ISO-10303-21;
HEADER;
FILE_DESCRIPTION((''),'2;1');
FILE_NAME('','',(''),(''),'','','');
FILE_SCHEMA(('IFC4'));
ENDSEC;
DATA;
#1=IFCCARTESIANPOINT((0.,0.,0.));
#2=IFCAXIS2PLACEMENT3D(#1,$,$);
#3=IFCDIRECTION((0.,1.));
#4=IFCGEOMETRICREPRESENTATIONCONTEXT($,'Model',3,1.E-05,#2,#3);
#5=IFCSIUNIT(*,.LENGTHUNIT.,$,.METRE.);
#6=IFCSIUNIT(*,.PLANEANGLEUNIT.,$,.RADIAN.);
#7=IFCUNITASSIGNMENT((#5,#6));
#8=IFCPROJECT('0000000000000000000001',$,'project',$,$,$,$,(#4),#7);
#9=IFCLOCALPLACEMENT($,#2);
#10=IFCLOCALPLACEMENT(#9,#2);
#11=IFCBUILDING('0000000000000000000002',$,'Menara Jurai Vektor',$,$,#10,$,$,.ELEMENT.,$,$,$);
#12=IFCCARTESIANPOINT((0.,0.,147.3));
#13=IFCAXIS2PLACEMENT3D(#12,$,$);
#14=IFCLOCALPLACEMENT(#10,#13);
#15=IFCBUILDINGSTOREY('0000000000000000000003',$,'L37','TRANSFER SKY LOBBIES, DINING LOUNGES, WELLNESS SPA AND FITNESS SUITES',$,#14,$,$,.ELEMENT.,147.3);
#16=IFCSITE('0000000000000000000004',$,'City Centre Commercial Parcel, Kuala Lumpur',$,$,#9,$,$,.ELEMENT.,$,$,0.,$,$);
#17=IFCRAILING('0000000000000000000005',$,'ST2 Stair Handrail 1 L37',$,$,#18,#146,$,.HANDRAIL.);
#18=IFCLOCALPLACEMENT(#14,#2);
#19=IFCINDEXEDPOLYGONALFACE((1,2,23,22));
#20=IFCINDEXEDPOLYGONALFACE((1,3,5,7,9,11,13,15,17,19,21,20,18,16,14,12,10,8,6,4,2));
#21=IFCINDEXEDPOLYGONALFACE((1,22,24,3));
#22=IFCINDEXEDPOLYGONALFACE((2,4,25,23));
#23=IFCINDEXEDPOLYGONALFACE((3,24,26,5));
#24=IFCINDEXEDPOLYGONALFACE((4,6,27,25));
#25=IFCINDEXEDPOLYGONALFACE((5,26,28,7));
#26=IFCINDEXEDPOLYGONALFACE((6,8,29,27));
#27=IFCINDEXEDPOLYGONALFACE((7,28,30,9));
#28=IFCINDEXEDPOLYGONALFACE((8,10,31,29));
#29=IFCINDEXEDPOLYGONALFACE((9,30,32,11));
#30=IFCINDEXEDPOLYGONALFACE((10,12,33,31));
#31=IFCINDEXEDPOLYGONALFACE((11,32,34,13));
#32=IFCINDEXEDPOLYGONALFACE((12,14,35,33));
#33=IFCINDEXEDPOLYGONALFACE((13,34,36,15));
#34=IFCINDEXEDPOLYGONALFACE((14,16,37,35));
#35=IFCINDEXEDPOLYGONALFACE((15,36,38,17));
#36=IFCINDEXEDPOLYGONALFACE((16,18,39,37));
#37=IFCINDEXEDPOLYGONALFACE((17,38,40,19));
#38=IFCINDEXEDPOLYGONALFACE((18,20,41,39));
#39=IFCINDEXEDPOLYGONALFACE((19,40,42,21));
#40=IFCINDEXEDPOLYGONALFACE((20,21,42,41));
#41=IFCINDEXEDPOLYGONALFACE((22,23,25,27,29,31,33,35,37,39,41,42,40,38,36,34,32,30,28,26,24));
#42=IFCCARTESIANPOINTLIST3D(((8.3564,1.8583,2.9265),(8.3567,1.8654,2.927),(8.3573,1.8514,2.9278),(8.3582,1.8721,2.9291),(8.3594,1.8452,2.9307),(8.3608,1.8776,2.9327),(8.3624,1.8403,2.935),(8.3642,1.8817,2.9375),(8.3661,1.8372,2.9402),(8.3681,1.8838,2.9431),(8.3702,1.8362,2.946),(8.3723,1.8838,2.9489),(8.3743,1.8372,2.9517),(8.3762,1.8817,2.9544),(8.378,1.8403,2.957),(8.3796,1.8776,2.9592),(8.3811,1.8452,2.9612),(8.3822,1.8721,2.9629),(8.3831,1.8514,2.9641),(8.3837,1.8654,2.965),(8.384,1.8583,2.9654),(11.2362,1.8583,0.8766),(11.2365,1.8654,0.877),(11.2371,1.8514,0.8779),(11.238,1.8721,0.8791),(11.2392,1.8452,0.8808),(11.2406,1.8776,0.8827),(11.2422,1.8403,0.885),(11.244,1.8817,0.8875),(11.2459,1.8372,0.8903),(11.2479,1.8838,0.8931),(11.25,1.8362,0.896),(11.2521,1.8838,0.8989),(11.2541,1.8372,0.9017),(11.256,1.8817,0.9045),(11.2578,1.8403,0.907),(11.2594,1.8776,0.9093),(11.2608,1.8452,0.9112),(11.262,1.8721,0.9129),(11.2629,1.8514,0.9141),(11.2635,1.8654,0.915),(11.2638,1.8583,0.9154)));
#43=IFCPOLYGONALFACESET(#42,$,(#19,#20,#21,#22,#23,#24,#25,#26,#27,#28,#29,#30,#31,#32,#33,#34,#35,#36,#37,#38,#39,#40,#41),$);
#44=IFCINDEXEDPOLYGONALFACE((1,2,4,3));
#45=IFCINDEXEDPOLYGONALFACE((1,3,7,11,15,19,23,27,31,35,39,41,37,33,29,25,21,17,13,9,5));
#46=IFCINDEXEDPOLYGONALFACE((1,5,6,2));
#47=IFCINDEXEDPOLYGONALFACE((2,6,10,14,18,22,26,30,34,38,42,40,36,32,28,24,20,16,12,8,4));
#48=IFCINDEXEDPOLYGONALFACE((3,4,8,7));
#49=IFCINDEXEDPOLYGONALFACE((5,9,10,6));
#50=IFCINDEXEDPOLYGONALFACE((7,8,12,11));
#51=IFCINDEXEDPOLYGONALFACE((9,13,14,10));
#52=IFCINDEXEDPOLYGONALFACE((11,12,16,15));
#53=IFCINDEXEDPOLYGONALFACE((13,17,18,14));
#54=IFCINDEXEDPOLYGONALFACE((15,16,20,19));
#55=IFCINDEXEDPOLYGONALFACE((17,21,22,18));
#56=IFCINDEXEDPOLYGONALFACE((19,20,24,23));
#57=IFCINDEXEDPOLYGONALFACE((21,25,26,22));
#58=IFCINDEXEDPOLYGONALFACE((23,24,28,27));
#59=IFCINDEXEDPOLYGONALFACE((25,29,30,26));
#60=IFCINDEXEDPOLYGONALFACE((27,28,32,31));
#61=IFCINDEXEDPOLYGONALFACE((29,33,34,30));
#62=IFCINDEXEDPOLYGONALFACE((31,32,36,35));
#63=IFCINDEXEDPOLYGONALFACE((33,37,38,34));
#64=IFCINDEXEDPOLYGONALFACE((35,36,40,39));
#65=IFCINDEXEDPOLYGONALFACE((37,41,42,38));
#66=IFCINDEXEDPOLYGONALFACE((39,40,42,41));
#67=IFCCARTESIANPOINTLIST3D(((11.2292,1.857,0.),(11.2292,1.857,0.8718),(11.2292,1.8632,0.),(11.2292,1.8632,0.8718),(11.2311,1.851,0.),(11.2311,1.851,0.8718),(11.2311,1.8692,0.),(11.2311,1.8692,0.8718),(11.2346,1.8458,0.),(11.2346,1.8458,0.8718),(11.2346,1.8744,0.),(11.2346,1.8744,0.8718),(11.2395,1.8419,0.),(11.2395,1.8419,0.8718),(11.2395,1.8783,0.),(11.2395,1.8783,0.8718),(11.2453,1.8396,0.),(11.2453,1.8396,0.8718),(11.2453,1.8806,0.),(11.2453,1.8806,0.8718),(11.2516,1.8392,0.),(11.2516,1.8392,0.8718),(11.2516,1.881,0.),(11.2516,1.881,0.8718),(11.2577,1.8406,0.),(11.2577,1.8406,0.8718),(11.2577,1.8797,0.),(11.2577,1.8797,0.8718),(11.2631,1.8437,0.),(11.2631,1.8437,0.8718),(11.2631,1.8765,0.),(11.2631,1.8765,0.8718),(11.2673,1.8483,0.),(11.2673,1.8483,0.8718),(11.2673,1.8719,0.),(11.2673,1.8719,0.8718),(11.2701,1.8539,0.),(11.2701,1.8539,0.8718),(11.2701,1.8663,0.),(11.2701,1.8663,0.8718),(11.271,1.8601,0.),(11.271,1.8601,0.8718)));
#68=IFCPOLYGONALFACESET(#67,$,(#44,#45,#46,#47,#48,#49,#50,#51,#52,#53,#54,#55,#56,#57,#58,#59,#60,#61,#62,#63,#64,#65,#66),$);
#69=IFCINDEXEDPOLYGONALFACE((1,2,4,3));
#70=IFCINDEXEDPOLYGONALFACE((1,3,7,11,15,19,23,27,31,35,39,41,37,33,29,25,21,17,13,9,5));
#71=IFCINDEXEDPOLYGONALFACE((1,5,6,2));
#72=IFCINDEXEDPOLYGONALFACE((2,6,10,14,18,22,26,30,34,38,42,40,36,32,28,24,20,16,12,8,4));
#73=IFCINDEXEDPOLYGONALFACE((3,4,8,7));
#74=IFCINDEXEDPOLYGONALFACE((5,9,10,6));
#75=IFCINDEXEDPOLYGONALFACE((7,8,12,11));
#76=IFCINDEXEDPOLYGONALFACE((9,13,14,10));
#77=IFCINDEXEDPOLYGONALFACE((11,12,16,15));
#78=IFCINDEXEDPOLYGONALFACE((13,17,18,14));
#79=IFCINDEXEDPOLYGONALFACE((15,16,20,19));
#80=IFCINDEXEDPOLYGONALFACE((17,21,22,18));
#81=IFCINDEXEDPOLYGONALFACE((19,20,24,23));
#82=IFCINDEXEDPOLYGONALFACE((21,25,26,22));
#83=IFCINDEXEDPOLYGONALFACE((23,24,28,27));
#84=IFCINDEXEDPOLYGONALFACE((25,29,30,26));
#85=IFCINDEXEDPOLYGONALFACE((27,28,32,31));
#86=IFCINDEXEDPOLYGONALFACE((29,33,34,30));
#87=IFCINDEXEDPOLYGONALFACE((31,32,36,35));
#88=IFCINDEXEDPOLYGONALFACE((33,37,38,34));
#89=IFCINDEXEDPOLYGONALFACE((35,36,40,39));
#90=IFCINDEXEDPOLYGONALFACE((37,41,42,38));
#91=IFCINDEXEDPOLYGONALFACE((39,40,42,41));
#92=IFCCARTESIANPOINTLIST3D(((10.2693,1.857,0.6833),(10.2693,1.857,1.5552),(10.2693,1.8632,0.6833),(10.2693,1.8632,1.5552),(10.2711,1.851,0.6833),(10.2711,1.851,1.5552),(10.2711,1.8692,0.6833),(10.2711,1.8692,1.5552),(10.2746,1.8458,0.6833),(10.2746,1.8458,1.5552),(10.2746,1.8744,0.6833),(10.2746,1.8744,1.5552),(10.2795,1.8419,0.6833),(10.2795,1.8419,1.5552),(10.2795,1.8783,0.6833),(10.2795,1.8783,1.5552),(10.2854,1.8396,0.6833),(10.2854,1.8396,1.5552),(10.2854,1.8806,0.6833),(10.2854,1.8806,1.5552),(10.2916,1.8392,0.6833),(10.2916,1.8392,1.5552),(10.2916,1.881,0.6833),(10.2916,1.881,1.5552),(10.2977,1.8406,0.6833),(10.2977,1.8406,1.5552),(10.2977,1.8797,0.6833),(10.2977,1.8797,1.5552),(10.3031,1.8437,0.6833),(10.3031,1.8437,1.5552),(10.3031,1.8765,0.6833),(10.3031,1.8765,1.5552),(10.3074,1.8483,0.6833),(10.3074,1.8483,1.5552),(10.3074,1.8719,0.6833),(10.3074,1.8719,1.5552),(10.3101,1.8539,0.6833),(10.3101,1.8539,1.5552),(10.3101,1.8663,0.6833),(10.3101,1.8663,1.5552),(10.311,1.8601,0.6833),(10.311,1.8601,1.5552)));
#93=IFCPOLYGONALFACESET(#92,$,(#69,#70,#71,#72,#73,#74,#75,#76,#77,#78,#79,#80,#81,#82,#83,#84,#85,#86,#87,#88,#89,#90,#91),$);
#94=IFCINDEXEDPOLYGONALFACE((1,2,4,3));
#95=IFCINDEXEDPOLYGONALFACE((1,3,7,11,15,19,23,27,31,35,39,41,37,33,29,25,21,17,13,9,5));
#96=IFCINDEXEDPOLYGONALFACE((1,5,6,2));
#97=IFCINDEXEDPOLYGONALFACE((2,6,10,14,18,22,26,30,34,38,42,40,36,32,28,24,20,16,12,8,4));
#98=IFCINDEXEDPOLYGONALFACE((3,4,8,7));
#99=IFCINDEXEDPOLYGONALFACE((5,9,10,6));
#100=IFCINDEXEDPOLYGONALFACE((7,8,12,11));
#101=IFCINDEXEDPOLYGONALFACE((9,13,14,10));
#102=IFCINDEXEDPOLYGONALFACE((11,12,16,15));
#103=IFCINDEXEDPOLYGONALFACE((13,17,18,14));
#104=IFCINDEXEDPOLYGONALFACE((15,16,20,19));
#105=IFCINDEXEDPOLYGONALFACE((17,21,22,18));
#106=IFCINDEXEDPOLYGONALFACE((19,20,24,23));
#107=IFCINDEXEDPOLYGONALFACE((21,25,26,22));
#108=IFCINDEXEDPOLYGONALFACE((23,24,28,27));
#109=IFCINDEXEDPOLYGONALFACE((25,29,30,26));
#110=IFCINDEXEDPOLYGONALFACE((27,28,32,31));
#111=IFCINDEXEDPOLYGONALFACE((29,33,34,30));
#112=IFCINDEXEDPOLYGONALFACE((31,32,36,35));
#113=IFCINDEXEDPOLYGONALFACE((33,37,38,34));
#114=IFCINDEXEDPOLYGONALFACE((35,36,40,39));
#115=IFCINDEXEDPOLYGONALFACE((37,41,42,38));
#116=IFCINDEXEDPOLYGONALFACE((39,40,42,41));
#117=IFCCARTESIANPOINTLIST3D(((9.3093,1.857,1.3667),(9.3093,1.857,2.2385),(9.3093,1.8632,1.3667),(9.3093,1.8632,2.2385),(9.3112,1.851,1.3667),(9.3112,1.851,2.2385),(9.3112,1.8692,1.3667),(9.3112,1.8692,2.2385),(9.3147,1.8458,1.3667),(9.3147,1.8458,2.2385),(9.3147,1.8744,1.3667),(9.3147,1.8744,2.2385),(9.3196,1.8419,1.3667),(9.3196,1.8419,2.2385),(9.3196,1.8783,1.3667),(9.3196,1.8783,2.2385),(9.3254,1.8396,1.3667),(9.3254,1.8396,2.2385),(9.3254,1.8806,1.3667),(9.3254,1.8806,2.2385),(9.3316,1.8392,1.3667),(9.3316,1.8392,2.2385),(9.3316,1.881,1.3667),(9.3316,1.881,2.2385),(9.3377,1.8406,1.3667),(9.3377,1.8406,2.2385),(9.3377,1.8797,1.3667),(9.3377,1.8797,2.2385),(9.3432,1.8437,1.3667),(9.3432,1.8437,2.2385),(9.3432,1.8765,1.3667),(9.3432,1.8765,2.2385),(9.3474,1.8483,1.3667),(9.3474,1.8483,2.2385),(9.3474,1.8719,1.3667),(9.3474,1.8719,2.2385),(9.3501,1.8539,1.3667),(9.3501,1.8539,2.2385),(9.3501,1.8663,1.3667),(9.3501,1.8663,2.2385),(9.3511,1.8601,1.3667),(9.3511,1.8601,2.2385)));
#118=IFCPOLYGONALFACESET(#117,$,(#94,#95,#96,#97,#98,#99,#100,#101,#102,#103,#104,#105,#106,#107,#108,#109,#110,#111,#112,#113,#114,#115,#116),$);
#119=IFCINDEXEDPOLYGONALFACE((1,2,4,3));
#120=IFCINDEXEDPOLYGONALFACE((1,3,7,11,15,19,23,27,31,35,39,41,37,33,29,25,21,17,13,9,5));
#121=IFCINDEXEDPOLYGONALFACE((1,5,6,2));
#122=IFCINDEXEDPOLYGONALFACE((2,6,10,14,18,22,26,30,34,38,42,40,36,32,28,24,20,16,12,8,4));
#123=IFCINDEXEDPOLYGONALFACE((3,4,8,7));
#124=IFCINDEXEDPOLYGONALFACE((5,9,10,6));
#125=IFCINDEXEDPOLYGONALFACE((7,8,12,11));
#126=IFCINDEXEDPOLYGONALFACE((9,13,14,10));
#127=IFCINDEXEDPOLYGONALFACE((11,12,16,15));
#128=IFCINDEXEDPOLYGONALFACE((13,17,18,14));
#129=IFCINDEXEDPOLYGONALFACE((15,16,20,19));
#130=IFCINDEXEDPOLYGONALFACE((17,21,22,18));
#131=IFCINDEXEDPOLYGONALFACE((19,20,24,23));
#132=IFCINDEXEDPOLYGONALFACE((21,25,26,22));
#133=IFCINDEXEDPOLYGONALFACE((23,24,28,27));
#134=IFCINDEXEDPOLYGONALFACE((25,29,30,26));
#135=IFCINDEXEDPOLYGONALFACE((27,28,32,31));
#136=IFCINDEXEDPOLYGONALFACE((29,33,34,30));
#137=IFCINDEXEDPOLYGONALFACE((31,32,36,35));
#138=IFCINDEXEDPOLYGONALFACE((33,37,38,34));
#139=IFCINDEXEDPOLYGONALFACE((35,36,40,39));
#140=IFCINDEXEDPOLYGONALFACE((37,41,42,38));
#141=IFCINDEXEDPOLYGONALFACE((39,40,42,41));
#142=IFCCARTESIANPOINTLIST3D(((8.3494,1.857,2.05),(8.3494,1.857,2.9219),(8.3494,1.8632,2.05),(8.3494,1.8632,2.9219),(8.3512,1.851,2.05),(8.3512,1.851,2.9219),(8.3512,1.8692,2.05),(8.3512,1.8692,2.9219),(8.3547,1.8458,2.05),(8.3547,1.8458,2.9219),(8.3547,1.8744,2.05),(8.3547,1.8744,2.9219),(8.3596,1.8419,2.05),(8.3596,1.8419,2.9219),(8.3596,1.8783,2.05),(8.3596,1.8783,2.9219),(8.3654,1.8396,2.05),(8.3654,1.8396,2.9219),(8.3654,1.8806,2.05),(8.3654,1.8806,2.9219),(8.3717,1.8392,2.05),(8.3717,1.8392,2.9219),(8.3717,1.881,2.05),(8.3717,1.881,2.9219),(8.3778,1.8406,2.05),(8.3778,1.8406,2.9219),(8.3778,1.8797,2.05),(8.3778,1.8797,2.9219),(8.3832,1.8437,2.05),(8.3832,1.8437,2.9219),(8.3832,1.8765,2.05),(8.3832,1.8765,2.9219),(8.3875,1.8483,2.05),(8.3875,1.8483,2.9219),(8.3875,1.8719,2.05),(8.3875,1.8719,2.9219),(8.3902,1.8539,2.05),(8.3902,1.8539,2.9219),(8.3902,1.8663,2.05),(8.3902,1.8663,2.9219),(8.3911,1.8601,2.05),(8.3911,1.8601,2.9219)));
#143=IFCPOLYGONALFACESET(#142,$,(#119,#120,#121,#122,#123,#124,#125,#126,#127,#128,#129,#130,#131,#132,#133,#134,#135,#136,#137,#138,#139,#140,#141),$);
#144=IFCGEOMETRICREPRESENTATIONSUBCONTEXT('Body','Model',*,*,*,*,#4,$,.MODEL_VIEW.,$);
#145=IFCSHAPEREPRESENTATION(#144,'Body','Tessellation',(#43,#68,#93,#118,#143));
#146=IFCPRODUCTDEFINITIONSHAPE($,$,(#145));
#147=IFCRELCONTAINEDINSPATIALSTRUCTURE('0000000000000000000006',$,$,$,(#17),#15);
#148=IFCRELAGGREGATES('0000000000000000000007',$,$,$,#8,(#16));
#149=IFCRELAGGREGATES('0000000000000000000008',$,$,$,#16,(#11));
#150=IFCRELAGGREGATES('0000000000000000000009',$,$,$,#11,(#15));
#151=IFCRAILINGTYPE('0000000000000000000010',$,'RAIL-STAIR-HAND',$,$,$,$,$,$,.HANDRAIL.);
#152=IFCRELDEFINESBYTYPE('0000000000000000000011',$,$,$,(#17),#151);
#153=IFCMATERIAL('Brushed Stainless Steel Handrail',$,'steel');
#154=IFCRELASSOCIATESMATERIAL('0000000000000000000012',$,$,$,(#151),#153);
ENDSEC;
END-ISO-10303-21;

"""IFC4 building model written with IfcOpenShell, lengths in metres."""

from ifc_helpers import new_model, si_unit, direction, frame, origin, origin_2d, place, context, subcontext, project, spatial, circle, extrude, material, type_object, element, save


model = new_model("IFC4")

# Units and contexts
model_context = context("Model", 3, precision=1e-05, world=origin(), true_north=direction((0.0, 1.0)))
body_context = subcontext(model_context, "Body", "Model", "MODEL_VIEW")
ifc_project = project(units=[si_unit("LENGTHUNIT", "METRE"), si_unit("PLANEANGLEUNIT", "RADIAN")], contexts=[model_context])

# Site, building, storey
site_placement = place(None, origin())
site = spatial("IfcSite", under=ifc_project, at=site_placement, Name="City Centre Commercial Parcel, Kuala Lumpur", CompositionType="ELEMENT", RefElevation=0.0)
building_placement = place(site_placement, origin())
building = spatial("IfcBuilding", under=site, at=building_placement, Name="Menara Jurai Vektor", CompositionType="ELEMENT")
storey_placement = place(building_placement, frame((0.0, 0.0, 147.3)))
storey = spatial("IfcBuildingStorey", under=building, at=storey_placement, Name="L37", Description="TRANSFER SKY LOBBIES, DINING LOUNGES, WELLNESS SPA AND FITNESS SUITES", CompositionType="ELEMENT", Elevation=147.3)

# Railing
ifc_material_1 = material(Name="Brushed Stainless Steel Handrail", Category="steel")
railing_type_1 = type_object("IfcRailingType", Name="RAIL-STAIR-HAND", PredefinedType="HANDRAIL", material=ifc_material_1)
railing_1_placement = place(storey_placement, frame((11.25, 1.8601, 0.0)))
element("IfcRailing", 1, at=railing_1_placement, inside=storey, type_object=railing_type_1, Name="ST2 Stair Handrail 1 L37", PredefinedType="HANDRAIL", context=body_context, shape_type="SweptSolid", body=[
    extrude(circle(Radius=0.0239, at=origin_2d()), frame((0.0, 0.0, 0.896), z_axis=(-0.81467, 0.0, 0.579924), x_axis=(0.0, -1.0, 0.0)), (0.0, 0.0, 1.0), 3.5349),
    extrude(circle(Radius=0.021, at=origin_2d()), origin(), (0.0, 0.0, 1.0), 0.8718),
    extrude(circle(Radius=0.021, at=origin_2d()), frame((-0.96, 0.0, 0.6833)), (0.0, 0.0, 1.0), 0.8718),
    extrude(circle(Radius=0.021, at=origin_2d()), frame((-1.9199, 0.0, 1.3667)), (0.0, 0.0, 1.0), 0.8718),
    extrude(circle(Radius=0.021, at=origin_2d()), frame((-2.8799, 0.0, 2.05)), (0.0, 0.0, 1.0), 0.8718),
])

save(model, "model.ifc")
